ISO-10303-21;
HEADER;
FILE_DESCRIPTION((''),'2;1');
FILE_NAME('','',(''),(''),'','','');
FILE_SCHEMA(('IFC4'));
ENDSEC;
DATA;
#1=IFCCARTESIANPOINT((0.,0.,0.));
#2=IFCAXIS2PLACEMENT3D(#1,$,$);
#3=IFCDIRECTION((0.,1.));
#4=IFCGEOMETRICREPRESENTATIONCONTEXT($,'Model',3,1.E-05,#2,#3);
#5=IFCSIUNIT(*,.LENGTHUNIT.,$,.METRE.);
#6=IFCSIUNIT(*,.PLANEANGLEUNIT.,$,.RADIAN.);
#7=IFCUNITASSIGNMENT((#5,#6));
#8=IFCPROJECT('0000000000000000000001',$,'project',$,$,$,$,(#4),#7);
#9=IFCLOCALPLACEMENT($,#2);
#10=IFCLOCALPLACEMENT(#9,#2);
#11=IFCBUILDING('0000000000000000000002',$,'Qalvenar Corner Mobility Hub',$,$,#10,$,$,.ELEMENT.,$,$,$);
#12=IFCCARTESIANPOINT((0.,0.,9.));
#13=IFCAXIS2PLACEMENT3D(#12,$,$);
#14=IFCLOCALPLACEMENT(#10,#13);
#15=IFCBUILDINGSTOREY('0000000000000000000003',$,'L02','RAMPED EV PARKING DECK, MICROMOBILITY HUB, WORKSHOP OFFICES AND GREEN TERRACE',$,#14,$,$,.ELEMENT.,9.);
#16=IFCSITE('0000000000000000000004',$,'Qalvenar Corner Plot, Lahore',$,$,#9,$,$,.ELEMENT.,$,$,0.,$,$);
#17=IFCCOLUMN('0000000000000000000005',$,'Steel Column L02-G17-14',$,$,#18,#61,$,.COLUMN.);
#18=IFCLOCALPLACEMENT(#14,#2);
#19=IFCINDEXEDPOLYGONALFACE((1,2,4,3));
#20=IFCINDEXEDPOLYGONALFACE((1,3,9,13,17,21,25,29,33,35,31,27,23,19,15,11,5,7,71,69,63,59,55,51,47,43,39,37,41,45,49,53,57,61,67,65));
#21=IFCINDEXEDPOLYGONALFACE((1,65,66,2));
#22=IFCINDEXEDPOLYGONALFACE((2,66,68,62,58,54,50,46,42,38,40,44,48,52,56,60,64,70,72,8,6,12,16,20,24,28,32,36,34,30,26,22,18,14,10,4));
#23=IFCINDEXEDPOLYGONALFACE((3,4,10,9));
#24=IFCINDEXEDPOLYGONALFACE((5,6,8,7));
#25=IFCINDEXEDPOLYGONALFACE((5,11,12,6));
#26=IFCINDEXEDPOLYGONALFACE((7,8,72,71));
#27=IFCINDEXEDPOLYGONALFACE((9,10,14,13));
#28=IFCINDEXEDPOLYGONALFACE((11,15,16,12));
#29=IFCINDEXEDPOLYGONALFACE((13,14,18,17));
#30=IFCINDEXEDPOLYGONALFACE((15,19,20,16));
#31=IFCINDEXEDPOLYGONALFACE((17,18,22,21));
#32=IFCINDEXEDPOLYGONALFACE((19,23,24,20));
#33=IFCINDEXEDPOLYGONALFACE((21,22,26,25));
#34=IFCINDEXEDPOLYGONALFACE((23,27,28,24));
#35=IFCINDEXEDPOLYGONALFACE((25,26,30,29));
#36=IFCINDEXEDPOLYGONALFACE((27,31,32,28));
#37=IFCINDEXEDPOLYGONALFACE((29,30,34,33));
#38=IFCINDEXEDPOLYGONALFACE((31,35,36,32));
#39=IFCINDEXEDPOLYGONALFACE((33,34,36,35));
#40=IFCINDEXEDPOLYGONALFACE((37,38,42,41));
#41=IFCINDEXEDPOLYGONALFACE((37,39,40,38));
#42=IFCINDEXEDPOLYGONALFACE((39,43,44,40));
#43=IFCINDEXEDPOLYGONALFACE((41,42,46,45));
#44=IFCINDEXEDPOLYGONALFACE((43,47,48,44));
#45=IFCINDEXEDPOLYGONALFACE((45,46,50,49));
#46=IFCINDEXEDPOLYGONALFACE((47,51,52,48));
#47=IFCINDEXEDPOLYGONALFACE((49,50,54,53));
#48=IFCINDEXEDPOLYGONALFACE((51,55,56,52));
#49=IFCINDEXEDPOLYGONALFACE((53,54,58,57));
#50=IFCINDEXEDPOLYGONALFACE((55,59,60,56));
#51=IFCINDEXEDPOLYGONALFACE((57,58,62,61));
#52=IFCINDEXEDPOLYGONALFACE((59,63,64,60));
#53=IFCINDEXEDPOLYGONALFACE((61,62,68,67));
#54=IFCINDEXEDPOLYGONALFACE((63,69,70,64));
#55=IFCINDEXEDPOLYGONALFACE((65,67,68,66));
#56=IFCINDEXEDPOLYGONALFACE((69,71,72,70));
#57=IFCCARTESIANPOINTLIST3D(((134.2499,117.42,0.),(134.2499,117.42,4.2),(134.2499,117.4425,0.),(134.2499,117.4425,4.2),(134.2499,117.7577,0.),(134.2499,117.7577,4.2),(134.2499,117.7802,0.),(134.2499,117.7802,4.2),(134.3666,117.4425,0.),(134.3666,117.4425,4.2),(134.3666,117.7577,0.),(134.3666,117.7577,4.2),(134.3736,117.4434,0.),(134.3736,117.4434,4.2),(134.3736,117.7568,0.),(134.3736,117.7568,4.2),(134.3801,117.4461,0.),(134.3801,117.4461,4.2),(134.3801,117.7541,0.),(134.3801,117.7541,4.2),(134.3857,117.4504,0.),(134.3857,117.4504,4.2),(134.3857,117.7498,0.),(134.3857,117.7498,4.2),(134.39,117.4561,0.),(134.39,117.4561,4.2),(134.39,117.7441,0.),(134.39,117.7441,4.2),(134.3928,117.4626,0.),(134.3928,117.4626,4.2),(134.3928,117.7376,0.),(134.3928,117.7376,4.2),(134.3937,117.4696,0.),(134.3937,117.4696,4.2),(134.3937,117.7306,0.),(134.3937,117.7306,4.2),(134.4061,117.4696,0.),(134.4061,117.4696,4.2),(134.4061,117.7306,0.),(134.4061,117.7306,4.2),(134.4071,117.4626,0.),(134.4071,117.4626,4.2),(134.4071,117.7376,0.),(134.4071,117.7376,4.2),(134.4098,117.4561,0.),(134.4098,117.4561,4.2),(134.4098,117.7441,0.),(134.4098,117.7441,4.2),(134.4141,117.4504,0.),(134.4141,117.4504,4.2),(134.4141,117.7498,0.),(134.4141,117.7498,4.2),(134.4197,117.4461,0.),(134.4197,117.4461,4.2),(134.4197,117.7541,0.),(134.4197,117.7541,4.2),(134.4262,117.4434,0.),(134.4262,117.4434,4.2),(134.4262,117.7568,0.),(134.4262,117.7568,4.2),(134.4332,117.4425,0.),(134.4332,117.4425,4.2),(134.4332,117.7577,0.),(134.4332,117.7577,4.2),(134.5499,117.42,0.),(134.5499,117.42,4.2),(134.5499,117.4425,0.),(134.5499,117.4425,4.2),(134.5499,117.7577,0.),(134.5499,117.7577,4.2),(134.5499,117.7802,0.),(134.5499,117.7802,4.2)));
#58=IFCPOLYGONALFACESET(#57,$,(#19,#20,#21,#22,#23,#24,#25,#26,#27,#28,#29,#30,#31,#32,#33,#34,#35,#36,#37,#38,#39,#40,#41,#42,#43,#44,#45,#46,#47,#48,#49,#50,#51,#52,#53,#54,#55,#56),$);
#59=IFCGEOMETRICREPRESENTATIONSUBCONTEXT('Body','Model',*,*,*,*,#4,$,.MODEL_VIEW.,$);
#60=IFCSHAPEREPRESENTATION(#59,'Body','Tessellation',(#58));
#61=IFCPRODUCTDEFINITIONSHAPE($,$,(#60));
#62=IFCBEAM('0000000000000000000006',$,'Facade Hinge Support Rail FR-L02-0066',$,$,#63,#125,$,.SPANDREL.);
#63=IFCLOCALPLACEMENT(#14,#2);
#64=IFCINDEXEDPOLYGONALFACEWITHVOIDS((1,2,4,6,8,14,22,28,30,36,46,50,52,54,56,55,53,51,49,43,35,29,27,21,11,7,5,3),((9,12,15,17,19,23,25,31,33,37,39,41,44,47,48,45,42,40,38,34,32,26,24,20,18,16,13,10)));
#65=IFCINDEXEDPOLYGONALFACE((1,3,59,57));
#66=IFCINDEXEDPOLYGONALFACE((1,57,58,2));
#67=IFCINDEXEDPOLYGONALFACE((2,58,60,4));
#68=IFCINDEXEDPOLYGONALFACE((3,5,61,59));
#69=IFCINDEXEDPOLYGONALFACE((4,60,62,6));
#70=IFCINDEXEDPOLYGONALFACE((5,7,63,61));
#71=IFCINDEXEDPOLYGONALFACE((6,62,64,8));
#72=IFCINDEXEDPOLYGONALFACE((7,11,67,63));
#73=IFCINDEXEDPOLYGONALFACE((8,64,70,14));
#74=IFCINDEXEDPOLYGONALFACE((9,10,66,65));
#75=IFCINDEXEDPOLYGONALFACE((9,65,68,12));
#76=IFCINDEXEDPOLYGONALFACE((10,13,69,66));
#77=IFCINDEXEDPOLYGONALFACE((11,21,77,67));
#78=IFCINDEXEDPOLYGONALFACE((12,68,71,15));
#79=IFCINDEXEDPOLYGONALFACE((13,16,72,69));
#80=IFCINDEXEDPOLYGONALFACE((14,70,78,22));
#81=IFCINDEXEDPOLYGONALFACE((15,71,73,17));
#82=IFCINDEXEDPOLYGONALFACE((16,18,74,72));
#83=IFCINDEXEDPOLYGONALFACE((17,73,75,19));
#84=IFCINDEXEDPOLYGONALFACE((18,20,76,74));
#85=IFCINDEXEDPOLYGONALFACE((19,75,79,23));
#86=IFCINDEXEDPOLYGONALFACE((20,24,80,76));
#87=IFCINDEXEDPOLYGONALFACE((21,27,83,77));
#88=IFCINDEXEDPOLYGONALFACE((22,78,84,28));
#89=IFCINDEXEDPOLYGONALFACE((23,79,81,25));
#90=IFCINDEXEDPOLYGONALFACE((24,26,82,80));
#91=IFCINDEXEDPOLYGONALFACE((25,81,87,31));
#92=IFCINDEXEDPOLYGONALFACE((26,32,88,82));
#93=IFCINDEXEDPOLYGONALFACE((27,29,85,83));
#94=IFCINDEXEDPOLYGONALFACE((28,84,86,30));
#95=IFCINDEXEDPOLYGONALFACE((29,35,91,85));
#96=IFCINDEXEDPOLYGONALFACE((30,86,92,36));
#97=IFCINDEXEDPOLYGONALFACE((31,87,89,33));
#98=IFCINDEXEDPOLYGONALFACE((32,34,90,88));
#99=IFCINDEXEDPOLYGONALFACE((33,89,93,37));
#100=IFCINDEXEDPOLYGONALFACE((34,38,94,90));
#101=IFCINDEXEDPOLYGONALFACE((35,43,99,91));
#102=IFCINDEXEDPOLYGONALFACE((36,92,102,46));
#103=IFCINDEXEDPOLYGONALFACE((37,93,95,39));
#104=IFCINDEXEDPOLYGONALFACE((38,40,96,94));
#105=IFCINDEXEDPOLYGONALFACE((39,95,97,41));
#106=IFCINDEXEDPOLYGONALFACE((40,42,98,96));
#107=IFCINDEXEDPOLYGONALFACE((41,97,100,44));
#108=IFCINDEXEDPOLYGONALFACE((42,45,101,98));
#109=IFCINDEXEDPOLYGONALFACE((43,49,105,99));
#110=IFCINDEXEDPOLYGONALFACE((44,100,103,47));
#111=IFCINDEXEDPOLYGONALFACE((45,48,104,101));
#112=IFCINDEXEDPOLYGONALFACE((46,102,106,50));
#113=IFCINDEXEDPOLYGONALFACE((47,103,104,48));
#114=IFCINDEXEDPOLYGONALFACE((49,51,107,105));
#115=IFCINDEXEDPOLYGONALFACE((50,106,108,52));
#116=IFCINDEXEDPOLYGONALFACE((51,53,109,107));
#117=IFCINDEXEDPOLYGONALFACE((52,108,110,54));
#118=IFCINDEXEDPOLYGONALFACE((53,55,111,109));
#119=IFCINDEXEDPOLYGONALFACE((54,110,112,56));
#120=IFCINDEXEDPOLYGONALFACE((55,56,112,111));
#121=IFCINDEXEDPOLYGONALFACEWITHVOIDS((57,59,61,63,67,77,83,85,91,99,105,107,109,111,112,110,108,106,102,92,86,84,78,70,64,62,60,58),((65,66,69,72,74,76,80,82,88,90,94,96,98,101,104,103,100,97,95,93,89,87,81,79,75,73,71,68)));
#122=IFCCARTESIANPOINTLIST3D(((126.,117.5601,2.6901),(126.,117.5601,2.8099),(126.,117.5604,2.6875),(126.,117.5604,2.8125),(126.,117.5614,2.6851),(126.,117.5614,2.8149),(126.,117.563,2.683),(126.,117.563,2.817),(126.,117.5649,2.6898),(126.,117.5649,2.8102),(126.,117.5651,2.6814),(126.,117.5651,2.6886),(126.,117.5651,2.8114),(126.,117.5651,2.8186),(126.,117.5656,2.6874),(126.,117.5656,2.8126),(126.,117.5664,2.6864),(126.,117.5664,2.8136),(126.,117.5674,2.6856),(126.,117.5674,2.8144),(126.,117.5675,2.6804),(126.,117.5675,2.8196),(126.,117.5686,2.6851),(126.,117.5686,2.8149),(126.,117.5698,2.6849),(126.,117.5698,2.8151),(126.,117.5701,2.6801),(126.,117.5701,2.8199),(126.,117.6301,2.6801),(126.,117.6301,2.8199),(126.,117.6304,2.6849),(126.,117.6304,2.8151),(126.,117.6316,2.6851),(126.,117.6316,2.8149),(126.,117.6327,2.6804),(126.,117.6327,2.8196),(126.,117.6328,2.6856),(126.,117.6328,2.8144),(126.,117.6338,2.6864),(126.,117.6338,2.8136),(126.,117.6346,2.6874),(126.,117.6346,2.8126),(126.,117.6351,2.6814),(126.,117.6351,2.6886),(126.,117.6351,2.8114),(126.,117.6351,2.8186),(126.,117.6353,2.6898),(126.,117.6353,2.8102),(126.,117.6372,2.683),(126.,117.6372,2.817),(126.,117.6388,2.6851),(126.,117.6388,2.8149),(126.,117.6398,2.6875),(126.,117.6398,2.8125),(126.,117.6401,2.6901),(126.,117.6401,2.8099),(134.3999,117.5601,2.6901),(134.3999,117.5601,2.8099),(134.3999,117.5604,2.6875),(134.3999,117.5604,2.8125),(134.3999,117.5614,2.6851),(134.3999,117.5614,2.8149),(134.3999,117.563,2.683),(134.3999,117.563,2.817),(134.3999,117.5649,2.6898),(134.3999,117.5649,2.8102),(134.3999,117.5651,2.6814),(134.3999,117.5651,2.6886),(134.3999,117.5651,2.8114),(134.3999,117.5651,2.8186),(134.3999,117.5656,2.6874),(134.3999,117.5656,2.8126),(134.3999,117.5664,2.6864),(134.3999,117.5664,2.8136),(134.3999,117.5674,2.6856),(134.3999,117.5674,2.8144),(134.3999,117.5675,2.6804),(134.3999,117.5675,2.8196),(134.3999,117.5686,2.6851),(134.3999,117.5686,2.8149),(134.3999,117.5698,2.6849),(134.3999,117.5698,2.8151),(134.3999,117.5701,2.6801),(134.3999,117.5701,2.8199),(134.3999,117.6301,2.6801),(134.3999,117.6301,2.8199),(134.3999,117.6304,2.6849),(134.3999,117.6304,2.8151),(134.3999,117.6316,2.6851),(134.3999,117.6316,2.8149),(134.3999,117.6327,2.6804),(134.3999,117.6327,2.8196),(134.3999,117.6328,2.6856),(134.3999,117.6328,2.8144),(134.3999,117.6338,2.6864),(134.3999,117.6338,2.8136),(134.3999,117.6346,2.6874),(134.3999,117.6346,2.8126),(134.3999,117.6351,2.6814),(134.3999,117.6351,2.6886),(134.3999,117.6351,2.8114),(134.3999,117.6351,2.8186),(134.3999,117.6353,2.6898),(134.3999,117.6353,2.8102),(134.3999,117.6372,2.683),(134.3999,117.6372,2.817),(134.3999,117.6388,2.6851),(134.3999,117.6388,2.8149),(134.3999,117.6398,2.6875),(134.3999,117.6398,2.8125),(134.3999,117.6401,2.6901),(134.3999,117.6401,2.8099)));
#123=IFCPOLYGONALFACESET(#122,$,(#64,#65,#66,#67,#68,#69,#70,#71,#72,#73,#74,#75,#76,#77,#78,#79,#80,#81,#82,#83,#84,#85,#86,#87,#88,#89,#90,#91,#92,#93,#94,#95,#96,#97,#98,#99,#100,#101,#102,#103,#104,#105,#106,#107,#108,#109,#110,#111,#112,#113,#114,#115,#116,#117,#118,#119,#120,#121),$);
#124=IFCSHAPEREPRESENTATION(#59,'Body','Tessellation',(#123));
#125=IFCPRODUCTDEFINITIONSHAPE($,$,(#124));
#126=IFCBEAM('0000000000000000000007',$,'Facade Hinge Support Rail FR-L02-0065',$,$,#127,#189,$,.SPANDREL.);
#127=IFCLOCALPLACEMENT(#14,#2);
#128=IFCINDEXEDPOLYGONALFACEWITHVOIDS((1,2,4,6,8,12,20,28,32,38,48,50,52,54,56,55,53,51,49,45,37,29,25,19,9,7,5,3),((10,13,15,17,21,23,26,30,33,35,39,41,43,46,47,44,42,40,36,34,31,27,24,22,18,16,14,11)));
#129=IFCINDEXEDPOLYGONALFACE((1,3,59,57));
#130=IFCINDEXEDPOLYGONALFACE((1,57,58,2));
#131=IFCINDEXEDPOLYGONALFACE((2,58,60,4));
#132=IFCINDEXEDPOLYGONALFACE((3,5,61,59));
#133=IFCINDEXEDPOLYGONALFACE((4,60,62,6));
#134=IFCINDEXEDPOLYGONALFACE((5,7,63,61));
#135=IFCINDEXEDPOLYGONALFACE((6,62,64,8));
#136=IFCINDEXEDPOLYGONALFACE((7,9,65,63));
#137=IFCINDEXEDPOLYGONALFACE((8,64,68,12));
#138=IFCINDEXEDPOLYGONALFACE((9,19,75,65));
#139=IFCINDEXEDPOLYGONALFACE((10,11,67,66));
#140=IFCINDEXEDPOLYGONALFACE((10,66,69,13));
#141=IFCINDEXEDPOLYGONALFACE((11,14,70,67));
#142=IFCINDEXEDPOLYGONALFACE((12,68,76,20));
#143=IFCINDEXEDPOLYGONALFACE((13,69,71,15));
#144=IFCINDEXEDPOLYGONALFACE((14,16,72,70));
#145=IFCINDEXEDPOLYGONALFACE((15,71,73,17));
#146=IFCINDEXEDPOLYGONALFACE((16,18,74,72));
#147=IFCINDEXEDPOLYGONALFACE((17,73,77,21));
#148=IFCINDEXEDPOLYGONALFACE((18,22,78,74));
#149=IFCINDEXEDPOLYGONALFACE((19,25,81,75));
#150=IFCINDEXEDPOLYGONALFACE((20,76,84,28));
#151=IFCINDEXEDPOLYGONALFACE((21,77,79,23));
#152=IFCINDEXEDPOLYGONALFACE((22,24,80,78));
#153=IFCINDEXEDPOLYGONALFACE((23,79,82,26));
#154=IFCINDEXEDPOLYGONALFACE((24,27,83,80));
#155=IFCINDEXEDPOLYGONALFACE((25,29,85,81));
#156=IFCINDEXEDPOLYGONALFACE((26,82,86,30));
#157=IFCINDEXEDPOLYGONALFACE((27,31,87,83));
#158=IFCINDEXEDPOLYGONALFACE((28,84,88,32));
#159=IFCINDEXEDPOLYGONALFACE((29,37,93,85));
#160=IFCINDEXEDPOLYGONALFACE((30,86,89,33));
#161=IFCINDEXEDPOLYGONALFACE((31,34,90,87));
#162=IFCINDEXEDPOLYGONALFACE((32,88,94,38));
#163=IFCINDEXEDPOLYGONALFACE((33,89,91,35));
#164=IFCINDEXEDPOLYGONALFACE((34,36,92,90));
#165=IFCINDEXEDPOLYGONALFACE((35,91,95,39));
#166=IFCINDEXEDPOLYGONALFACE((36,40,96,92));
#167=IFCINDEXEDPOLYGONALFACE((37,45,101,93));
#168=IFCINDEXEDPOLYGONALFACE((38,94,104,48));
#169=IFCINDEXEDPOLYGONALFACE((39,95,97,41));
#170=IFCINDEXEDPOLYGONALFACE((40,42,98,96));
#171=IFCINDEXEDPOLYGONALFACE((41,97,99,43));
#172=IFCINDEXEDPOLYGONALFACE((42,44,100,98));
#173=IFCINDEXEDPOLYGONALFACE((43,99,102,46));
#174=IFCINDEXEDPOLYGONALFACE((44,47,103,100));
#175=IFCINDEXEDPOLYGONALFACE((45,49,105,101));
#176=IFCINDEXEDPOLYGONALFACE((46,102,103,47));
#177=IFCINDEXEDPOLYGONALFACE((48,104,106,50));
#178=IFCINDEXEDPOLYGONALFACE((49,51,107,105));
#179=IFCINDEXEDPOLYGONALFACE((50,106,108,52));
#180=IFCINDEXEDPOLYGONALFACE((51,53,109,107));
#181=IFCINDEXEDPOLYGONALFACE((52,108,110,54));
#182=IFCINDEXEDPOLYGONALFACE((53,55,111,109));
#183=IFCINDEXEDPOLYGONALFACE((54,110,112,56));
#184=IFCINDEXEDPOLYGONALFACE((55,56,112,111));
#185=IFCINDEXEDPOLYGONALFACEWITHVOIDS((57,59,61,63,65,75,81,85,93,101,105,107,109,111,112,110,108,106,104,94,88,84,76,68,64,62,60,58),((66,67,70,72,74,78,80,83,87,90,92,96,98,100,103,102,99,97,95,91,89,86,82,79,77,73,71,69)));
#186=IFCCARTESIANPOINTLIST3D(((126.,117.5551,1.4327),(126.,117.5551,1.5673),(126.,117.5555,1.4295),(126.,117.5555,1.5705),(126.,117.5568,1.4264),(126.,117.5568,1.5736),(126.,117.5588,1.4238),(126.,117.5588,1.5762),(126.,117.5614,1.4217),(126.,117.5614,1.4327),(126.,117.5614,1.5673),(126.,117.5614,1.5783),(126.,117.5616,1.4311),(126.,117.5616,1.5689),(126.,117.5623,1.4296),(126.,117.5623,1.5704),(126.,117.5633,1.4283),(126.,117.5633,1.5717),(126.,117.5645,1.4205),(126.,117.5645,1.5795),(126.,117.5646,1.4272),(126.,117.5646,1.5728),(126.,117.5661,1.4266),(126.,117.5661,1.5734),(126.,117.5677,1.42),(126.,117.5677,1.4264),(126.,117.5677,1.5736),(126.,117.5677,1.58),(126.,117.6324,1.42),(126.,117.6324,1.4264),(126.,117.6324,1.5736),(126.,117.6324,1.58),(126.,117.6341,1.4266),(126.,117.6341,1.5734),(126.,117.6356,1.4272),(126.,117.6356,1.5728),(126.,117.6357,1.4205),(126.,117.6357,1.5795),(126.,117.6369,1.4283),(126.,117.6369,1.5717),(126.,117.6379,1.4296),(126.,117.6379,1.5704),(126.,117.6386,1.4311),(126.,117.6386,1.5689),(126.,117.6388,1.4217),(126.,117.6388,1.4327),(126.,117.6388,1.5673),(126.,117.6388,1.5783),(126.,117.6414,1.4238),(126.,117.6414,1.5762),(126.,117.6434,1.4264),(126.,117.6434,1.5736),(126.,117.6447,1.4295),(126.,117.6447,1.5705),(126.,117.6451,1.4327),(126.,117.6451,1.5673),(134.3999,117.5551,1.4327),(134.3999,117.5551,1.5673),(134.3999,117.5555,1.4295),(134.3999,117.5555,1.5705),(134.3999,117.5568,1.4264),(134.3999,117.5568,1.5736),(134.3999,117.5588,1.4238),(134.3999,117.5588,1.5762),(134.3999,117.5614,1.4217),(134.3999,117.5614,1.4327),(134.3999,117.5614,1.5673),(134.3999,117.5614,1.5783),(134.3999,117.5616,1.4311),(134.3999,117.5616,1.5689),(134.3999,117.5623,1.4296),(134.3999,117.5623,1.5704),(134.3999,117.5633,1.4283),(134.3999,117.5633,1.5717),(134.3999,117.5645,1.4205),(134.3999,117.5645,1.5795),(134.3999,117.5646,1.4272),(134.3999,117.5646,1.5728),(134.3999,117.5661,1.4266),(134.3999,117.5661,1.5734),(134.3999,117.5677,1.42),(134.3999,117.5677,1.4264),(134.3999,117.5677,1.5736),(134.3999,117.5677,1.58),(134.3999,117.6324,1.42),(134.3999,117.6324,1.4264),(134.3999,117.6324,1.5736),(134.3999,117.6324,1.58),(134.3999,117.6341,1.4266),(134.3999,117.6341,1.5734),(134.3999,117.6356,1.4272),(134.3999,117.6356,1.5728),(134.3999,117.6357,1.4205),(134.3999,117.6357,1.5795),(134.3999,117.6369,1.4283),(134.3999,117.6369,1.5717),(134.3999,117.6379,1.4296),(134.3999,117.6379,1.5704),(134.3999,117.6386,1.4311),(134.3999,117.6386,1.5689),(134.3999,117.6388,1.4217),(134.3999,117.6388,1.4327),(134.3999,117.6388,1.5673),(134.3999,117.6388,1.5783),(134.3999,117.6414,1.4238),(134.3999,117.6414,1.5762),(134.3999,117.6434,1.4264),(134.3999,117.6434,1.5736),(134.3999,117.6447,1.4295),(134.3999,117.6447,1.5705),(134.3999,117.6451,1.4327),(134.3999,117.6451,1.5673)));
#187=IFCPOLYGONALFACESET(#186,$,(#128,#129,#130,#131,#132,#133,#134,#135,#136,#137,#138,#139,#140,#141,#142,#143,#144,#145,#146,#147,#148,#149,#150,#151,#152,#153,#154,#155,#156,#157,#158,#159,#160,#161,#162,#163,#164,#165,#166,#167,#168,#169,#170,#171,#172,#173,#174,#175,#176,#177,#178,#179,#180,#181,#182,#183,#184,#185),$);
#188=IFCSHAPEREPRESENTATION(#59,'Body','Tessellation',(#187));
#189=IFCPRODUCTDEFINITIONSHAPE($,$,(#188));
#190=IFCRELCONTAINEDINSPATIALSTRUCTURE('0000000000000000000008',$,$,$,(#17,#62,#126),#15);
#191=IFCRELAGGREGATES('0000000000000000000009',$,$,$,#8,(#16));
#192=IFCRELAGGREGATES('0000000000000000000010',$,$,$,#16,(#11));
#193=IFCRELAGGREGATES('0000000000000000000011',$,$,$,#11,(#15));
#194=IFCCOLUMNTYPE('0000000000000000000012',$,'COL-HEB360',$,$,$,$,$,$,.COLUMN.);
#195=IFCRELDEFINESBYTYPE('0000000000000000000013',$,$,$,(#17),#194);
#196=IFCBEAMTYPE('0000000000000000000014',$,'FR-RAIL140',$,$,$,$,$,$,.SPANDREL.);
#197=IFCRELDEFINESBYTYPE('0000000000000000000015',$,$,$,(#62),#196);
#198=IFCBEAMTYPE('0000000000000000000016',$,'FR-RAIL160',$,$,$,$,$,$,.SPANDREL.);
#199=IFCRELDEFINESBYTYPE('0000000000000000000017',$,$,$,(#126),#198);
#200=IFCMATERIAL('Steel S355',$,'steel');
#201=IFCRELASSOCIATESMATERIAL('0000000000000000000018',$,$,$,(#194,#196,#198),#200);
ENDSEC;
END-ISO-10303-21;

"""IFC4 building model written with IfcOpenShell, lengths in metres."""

from ifc_helpers import new_model, si_unit, direction, frame, origin, origin_2d, place, context, subcontext, project, spatial, hollow_rectangle, i_section, extrude, material, material_profile, profile_set, type_object, element, save


model = new_model("IFC4")

# Units and contexts
model_context = context("Model", 3, precision=1e-05, world=origin(), true_north=direction((0.0, 1.0)))
body_context = subcontext(model_context, "Body", "Model", "MODEL_VIEW")
ifc_project = project(units=[si_unit("LENGTHUNIT", "METRE"), si_unit("PLANEANGLEUNIT", "RADIAN")], contexts=[model_context])

# Site, building, storey
site_placement = place(None, origin())
site = spatial("IfcSite", under=ifc_project, at=site_placement, Name="Qalvenar Corner Plot, Lahore", CompositionType="ELEMENT", RefElevation=0.0)
building_placement = place(site_placement, origin())
building = spatial("IfcBuilding", under=site, at=building_placement, Name="Qalvenar Corner Mobility Hub", CompositionType="ELEMENT")
storey_placement = place(building_placement, frame((0.0, 0.0, 9.0)))
storey = spatial("IfcBuildingStorey", under=building, at=storey_placement, Name="L02", Description="RAMPED EV PARKING DECK, MICROMOBILITY HUB, WORKSHOP OFFICES AND GREEN TERRACE", CompositionType="ELEMENT", Elevation=9.0)

# Column
ifc_material_1 = material(Name="Steel S355", Category="steel")
ifc_material_profile_1 = material_profile(ifc_material_1, i_section(OverallWidth=0.3, OverallDepth=0.3601, WebThickness=0.0125, FlangeThickness=0.0225, FilletRadius=0.0271, at=origin_2d()), Name="HEB360")
ifc_profile_set_1 = profile_set([ifc_material_profile_1], Name="Steel S355")
column_type = type_object("IfcColumnType", Name="COL-HEB360", PredefinedType="COLUMN", material=ifc_profile_set_1)
column_placement = place(storey_placement, frame((134.3999, 117.6001, 0.0), z_axis=(0.0, 0.0, 1.0), x_axis=(1.0, 0.0, 0.0)))
element("IfcColumn", 1, at=column_placement, inside=storey, type_object=column_type, Name="Steel Column L02-G17-14", PredefinedType="COLUMN", context=body_context, shape_type="SweptSolid", body=[
    extrude(i_section(OverallWidth=0.3, OverallDepth=0.3601, WebThickness=0.0125, FlangeThickness=0.0225, FilletRadius=0.0271, at=origin_2d()), origin(), (0.0, 0.0, 1.0), 4.2),
])

# Beams
ifc_material_profile_2 = material_profile(ifc_material_1, hollow_rectangle(XDim=0.0801, YDim=0.1399, WallThickness=0.0049, InnerFilletRadius=0.0049, OuterFilletRadius=0.01, at=origin_2d()), Name="RHS140x80x5")
ifc_profile_set_2 = profile_set([ifc_material_profile_2], Name="Steel S355")
beam_type_1 = type_object("IfcBeamType", Name="FR-RAIL140", PredefinedType="SPANDREL", material=ifc_profile_set_2)
beam_1_placement = place(storey_placement, frame((134.3999, 117.6001, 2.75), z_axis=(-1.0, 0.0, 0.0), x_axis=(0.0, -1.0, 0.0)))
element("IfcBeam", 2, at=beam_1_placement, inside=storey, type_object=beam_type_1, Name="Facade Hinge Support Rail FR-L02-0066", PredefinedType="SPANDREL", context=body_context, shape_type="SweptSolid", body=[
    extrude(hollow_rectangle(XDim=0.0801, YDim=0.1399, WallThickness=0.0049, InnerFilletRadius=0.0049, OuterFilletRadius=0.01, at=origin_2d()), origin(), (0.0, 0.0, 1.0), 8.3999),
])
ifc_material_profile_3 = material_profile(ifc_material_1, hollow_rectangle(XDim=0.0901, YDim=0.1599, WallThickness=0.0063, InnerFilletRadius=0.0063, OuterFilletRadius=0.0127, at=origin_2d()), Name="RHS160x90x6.3")
ifc_profile_set_3 = profile_set([ifc_material_profile_3], Name="Steel S355")
beam_type_2 = type_object("IfcBeamType", Name="FR-RAIL160", PredefinedType="SPANDREL", material=ifc_profile_set_3)
beam_2_placement = place(storey_placement, frame((134.3999, 117.6001, 1.5), z_axis=(-1.0, 0.0, 0.0), x_axis=(0.0, -1.0, 0.0)))
element("IfcBeam", 3, at=beam_2_placement, inside=storey, type_object=beam_type_2, Name="Facade Hinge Support Rail FR-L02-0065", PredefinedType="SPANDREL", context=body_context, shape_type="SweptSolid", body=[
    extrude(hollow_rectangle(XDim=0.0901, YDim=0.1599, WallThickness=0.0063, InnerFilletRadius=0.0063, OuterFilletRadius=0.0127, at=origin_2d()), origin(), (0.0, 0.0, 1.0), 8.3999),
])

save(model, "model.ifc")
